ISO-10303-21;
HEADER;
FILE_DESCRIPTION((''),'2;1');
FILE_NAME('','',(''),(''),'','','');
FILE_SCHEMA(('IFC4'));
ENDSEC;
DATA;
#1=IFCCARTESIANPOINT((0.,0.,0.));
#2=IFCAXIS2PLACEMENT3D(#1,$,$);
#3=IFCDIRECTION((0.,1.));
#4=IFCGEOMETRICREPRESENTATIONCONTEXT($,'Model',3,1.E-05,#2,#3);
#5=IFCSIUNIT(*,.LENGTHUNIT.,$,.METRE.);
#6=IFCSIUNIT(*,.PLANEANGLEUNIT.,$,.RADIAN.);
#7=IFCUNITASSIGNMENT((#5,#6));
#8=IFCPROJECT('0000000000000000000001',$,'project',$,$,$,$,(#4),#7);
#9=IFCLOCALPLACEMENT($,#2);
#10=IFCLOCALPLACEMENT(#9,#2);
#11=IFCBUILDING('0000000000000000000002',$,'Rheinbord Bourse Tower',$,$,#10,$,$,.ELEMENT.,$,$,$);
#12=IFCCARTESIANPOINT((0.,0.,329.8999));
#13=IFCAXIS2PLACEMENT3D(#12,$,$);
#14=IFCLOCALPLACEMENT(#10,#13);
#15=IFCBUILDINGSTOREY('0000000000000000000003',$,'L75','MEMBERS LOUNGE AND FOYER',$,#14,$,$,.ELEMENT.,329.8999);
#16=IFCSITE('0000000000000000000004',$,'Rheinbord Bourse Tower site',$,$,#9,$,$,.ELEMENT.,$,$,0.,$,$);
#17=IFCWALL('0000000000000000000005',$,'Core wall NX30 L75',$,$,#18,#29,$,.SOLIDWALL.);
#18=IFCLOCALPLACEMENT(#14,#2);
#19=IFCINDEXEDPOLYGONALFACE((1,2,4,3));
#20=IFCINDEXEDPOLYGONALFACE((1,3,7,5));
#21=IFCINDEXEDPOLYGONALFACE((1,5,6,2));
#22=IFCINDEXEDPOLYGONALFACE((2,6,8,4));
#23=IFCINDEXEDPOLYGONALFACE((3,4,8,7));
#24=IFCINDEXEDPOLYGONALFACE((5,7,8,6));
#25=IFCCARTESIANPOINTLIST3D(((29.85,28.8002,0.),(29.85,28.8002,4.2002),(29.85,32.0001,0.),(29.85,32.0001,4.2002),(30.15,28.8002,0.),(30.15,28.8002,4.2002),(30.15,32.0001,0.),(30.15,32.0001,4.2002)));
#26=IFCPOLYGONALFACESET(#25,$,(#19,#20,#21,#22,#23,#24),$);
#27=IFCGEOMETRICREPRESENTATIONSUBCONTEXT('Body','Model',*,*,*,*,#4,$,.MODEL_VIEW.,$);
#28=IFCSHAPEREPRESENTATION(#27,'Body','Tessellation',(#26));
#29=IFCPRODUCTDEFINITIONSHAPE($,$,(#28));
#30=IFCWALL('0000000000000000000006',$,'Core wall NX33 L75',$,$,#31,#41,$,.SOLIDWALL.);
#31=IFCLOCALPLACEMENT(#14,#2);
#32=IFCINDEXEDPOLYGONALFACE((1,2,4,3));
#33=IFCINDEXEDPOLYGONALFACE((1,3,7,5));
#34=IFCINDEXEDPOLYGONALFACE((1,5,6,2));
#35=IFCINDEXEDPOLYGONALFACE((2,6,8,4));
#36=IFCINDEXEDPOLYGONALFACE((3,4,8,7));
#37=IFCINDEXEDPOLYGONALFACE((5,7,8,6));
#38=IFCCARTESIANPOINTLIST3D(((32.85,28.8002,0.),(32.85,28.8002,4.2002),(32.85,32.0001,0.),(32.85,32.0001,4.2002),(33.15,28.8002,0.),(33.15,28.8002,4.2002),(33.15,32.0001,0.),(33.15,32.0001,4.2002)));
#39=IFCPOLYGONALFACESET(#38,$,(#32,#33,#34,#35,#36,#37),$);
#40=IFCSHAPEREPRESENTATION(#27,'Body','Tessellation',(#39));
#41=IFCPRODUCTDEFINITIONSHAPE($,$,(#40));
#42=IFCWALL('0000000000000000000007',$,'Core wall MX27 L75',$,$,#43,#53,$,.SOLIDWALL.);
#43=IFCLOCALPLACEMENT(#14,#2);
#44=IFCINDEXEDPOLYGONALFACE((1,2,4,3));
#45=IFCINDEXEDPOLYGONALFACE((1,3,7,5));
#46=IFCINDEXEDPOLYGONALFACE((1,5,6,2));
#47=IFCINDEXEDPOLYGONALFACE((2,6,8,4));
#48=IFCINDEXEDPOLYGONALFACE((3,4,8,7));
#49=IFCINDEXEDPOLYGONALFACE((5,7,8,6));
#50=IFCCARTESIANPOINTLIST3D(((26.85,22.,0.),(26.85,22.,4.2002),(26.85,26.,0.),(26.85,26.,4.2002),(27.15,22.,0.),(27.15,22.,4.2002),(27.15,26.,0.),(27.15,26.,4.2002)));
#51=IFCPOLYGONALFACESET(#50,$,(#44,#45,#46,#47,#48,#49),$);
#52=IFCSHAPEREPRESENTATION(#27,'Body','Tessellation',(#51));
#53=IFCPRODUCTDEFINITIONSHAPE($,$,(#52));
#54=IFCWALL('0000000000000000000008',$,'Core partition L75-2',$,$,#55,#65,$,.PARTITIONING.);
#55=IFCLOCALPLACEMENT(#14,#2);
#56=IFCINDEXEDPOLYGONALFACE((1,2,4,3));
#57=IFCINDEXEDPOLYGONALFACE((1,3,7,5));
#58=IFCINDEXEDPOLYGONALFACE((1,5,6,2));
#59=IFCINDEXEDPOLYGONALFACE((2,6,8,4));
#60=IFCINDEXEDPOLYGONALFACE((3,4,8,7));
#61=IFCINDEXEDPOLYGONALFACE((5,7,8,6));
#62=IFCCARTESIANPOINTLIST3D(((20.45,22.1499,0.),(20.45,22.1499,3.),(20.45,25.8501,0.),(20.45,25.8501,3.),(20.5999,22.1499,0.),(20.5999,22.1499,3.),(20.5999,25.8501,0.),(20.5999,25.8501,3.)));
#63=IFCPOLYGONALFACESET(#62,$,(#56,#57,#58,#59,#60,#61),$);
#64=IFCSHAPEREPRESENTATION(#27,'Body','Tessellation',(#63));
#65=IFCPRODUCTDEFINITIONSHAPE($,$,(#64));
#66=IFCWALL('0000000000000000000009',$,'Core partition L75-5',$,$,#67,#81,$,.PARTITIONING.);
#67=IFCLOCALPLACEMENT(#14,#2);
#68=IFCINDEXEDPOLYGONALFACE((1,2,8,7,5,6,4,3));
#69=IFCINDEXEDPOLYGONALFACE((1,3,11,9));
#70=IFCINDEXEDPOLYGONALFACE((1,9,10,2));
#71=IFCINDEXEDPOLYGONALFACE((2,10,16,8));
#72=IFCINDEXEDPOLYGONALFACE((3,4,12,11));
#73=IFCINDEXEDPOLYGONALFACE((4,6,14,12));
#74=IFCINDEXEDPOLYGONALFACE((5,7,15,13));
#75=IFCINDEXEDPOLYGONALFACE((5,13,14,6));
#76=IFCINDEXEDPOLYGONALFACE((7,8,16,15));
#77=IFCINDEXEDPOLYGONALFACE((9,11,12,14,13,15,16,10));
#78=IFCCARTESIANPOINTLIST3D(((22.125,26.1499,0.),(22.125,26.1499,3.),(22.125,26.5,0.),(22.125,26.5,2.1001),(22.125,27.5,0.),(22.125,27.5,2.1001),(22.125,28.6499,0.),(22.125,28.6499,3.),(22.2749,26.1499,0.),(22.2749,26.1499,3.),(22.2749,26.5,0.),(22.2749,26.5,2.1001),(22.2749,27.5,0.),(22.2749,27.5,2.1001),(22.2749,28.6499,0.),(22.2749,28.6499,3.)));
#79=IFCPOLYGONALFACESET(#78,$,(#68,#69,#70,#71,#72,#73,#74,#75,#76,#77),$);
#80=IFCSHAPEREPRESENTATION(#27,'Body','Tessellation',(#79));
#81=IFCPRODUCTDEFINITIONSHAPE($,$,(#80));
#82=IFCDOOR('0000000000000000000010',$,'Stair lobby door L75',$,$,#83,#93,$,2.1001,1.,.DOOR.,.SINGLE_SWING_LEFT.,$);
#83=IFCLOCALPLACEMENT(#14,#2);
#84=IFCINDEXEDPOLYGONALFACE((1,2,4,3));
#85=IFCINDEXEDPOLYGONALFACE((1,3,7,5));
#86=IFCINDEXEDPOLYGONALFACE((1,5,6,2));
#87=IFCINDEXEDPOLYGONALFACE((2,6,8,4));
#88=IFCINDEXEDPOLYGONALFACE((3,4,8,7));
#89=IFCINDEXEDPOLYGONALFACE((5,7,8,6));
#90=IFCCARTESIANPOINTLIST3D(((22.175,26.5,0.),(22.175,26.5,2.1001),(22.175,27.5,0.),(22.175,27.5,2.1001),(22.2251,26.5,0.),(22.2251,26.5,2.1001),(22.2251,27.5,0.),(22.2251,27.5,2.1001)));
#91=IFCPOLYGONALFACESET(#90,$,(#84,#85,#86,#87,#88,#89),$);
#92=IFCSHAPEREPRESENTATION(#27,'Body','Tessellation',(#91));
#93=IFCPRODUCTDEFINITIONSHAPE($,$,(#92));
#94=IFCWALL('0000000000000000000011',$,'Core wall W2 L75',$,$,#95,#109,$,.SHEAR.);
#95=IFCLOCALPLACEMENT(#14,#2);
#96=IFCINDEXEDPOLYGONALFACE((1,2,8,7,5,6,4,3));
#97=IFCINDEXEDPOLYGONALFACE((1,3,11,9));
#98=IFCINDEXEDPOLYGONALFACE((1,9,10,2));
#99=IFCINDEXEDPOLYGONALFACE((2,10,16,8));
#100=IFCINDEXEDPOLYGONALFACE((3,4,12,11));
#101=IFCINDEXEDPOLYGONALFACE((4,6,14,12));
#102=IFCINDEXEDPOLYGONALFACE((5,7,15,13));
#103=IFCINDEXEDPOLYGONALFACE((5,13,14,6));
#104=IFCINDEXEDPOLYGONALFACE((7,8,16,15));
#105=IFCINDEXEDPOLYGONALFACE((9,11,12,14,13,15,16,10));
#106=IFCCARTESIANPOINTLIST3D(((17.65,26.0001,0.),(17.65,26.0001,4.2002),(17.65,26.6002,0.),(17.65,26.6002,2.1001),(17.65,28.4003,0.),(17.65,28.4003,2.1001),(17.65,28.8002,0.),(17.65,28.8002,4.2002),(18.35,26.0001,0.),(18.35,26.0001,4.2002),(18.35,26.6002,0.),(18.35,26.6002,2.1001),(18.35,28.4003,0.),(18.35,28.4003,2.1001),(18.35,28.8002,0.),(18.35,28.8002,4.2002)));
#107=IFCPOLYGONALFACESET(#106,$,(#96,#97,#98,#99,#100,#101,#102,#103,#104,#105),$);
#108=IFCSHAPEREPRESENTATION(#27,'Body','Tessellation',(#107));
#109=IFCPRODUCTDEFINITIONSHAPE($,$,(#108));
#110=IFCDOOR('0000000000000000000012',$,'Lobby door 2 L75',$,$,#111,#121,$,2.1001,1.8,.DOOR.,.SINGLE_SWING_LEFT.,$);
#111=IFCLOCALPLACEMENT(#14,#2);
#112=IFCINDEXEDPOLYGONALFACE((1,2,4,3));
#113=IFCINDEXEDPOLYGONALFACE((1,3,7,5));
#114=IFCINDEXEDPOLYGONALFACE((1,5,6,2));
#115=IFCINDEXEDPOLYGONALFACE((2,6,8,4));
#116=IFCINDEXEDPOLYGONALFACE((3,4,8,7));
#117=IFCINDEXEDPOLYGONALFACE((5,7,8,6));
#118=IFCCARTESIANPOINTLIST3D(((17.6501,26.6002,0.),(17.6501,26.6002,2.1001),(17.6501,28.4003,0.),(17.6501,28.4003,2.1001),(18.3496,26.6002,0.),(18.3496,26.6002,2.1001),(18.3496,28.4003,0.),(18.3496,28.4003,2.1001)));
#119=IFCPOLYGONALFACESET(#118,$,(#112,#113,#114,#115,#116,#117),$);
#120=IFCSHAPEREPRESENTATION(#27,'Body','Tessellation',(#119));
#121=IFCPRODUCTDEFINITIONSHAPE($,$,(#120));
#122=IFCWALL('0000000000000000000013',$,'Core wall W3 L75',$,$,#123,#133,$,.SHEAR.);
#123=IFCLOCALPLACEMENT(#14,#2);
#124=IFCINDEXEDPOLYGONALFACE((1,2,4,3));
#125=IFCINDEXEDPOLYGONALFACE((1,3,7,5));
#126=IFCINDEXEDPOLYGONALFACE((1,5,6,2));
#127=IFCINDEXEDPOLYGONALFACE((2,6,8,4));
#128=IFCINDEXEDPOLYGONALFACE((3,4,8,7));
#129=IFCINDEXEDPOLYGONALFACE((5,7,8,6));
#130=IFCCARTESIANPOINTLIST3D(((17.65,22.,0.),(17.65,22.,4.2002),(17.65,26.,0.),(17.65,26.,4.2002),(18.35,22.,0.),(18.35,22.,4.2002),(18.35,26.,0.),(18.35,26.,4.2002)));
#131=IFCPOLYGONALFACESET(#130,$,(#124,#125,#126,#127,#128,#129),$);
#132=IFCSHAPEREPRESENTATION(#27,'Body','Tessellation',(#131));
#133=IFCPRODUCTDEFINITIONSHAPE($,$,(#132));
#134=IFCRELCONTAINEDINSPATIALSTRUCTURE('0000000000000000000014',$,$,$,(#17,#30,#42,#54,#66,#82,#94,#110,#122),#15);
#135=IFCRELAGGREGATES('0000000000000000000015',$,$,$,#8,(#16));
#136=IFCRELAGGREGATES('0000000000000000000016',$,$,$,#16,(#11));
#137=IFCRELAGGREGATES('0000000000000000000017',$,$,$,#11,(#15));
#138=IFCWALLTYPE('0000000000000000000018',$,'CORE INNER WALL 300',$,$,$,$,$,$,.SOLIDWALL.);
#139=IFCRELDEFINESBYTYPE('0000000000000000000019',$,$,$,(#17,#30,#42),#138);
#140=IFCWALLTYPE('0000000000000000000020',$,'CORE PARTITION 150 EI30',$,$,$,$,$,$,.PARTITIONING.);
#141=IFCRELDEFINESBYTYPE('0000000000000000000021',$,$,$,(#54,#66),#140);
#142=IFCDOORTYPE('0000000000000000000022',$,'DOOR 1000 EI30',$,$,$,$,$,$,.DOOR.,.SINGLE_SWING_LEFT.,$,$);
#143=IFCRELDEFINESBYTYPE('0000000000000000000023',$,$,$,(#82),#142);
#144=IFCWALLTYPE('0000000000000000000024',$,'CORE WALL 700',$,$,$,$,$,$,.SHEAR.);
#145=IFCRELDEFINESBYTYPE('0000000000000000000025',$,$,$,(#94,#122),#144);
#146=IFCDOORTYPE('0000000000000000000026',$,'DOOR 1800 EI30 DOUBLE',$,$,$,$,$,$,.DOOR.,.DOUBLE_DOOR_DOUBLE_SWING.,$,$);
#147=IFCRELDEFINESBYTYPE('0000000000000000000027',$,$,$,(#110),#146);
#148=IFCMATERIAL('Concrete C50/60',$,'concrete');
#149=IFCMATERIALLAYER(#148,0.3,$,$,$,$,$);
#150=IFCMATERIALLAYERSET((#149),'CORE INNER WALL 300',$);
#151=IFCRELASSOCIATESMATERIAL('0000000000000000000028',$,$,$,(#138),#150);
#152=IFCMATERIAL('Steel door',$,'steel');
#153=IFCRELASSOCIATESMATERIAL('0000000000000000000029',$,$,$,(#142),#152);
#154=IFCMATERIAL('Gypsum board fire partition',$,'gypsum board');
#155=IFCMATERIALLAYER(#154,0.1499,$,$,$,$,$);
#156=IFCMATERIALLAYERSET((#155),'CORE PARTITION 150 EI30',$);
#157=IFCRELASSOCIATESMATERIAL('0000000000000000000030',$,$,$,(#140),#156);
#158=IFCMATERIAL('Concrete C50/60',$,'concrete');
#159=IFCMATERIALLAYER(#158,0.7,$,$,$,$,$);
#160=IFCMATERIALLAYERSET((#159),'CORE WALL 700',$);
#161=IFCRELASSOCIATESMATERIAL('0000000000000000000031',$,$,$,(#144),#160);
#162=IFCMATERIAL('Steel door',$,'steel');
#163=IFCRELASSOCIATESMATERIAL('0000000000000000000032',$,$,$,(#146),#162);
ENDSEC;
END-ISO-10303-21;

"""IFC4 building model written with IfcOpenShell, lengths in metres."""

from ifc_helpers import new_model, si_unit, direction, frame, frame_2d, origin, place, context, subcontext, project, spatial, rectangle, extrude, material, layer, layer_set, type_object, element, fill, save


model = new_model("IFC4")

# Units and contexts
model_context = context("Model", 3, precision=1e-05, world=origin(), true_north=direction((0.0, 1.0)))
body_context = subcontext(model_context, "Body", "Model", "MODEL_VIEW")
ifc_project = project(units=[si_unit("LENGTHUNIT", "METRE"), si_unit("PLANEANGLEUNIT", "RADIAN")], contexts=[model_context])

# Site, building, storey
site_placement = place(None, origin())
site = spatial("IfcSite", under=ifc_project, at=site_placement, Name="Rheinbord Bourse Tower site", CompositionType="ELEMENT", RefElevation=0.0)
building_placement = place(site_placement, origin())
building = spatial("IfcBuilding", under=site, at=building_placement, Name="Rheinbord Bourse Tower", CompositionType="ELEMENT")
storey_placement = place(building_placement, frame((0.0, 0.0, 329.8999)))
storey = spatial("IfcBuildingStorey", under=building, at=storey_placement, Name="L75", Description="MEMBERS LOUNGE AND FOYER", CompositionType="ELEMENT", Elevation=329.8999)

# Shared definitions
ifc_material_1 = material(Name="Concrete C50/60", Category="concrete")
ifc_layer_1 = layer(ifc_material_1, 0.3)
ifc_layer_set_1 = layer_set([ifc_layer_1], Name="CORE INNER WALL 300")
wall_type_1 = type_object("IfcWallType", Name="CORE INNER WALL 300", PredefinedType="SOLIDWALL", material=ifc_layer_set_1)
ifc_material_2 = material(Name="Steel door", Category="steel")
door_type_1 = type_object("IfcDoorType", Name="DOOR 1000 EI30", OperationType="SINGLE_SWING_LEFT", PredefinedType="DOOR", material=ifc_material_2)

# Walls
for number, where, z_axis, x_axis, name in (
    (1, (30.0, 28.8, 0.0), (0.0, 0.0, 1.0), (0.0, 1.0, 0.0), "Core wall NX30 L75"),
    (2, (33.0, 28.8, 0.0), (0.0, 0.0, 1.0), (0.0, 1.0, 0.0), "Core wall NX33 L75"),
):
    element("IfcWall", number, at=place(storey_placement, frame(where, z_axis=z_axis, x_axis=x_axis)), inside=storey, type_object=wall_type_1, Name=name, PredefinedType="SOLIDWALL", context=body_context, shape_type="SweptSolid", body=[
        extrude(rectangle(XDim=3.2, YDim=0.3, at=frame_2d((1.6001, 0.0))), origin(), (0.0, 0.0, 1.0), 4.2002),
    ])
wall_1_placement = place(storey_placement, frame((27.0, 22.0, 0.0), z_axis=(0.0, 0.0, 1.0), x_axis=(0.0, 1.0, 0.0)))
element("IfcWall", 3, at=wall_1_placement, inside=storey, type_object=wall_type_1, Name="Core wall MX27 L75", PredefinedType="SOLIDWALL", context=body_context, shape_type="SweptSolid", body=[
    extrude(rectangle(XDim=4.0, YDim=0.3, at=frame_2d((2.0, 0.0))), origin(), (0.0, 0.0, 1.0), 4.2002),
])
ifc_material_3 = material(Name="Gypsum board fire partition", Category="gypsum board")
ifc_layer_2 = layer(ifc_material_3, 0.1499)
ifc_layer_set_2 = layer_set([ifc_layer_2], Name="CORE PARTITION 150 EI30")
wall_type_2 = type_object("IfcWallType", Name="CORE PARTITION 150 EI30", PredefinedType="PARTITIONING", material=ifc_layer_set_2)
wall_2_placement = place(storey_placement, frame((20.5249, 22.1499, 0.0), z_axis=(0.0, 0.0, 1.0), x_axis=(0.0, 1.0, 0.0)))
element("IfcWall", 4, at=wall_2_placement, inside=storey, type_object=wall_type_2, Name="Core partition L75-2", PredefinedType="PARTITIONING", context=body_context, shape_type="SweptSolid", body=[
    extrude(rectangle(XDim=3.7002, YDim=0.1499, at=frame_2d((1.8501, 0.0))), origin(), (0.0, 0.0, 1.0), 3.0),
])

# Walls, openings, doors
wall_3_placement = place(storey_placement, frame((22.2, 26.1499, 0.0), z_axis=(0.0, 0.0, 1.0), x_axis=(0.0, 1.0, 0.0)))
wall_3 = element("IfcWall", 5, at=wall_3_placement, inside=storey, type_object=wall_type_2, Name="Core partition L75-5", PredefinedType="PARTITIONING", context=body_context, shape_type="SweptSolid", body=[
    extrude(rectangle(XDim=2.5, YDim=0.1499, at=frame_2d((1.25, 0.0))), origin(), (0.0, 0.0, 1.0), 3.0),
])
opening_1_placement = place(wall_3_placement, frame((0.3501, 0.0, 0.0)))
opening_1 = element("IfcOpeningElement", 6, at=opening_1_placement, cuts=wall_3, PredefinedType="OPENING", context=body_context, shape_type="SweptSolid", body=[
    extrude(rectangle(XDim=1.0, YDim=2.1001, at=frame_2d((0.5, 1.05))), frame((0.0, 0.085, 0.0), z_axis=(0.0, -1.0, 0.0), x_axis=(1.0, 0.0, 0.0)), (0.0, 0.0, 1.0), 0.1699),
])
door_1_placement = place(opening_1_placement, origin())
door_1 = element("IfcDoor", 7, at=door_1_placement, inside=storey, type_object=door_type_1, Name="Stair lobby door L75", OperationType="SINGLE_SWING_LEFT", OverallHeight=2.1001, OverallWidth=1.0, PredefinedType="DOOR", context=body_context, shape_type="SweptSolid", body=[
    extrude(rectangle(XDim=1.0, YDim=2.1001, at=frame_2d((0.5, 1.05))), frame((0.0, 0.0249, 0.0), z_axis=(0.0, -1.0, 0.0), x_axis=(1.0, 0.0, 0.0)), (0.0, 0.0, 1.0), 0.05),
])
fill(opening_1, door_1)
ifc_material_4 = material(Name="Concrete C50/60", Category="concrete")
ifc_layer_3 = layer(ifc_material_4, 0.7)
ifc_layer_set_3 = layer_set([ifc_layer_3], Name="CORE WALL 700")
wall_type_3 = type_object("IfcWallType", Name="CORE WALL 700", PredefinedType="SHEAR", material=ifc_layer_set_3)
wall_4_placement = place(storey_placement, frame((18.0, 28.8, 0.0), z_axis=(0.0, 0.0, 1.0), x_axis=(0.0, -1.0, 0.0)))
wall_4 = element("IfcWall", 8, at=wall_4_placement, inside=storey, type_object=wall_type_3, Name="Core wall W2 L75", PredefinedType="SHEAR", context=body_context, shape_type="SweptSolid", body=[
    extrude(rectangle(XDim=2.8, YDim=0.7, at=frame_2d((1.3999, 0.0))), origin(), (0.0, 0.0, 1.0), 4.2002),
])
opening_2_placement = place(wall_4_placement, frame((0.3999, 0.0, 0.0)))
opening_2 = element("IfcOpeningElement", 9, at=opening_2_placement, cuts=wall_4, PredefinedType="OPENING", context=body_context, shape_type="SweptSolid", body=[
    extrude(rectangle(XDim=1.8, YDim=2.1001, at=frame_2d((0.8999, 1.05))), frame((0.0, 0.3599, 0.0), z_axis=(0.0, -1.0, 0.0), x_axis=(1.0, 0.0, 0.0)), (0.0, 0.0, 1.0), 0.72),
])
ifc_material_5 = material(Name="Steel door", Category="steel")
door_type_2 = type_object("IfcDoorType", Name="DOOR 1800 EI30 DOUBLE", OperationType="DOUBLE_DOOR_DOUBLE_SWING", PredefinedType="DOOR", material=ifc_material_5)
door_2_placement = place(opening_2_placement, origin())
door_2 = element("IfcDoor", 10, at=door_2_placement, inside=storey, type_object=door_type_2, Name="Lobby door 2 L75", OperationType="SINGLE_SWING_LEFT", OverallHeight=2.1001, OverallWidth=1.8, PredefinedType="DOOR", context=body_context, shape_type="SweptSolid", body=[
    extrude(rectangle(XDim=1.8, YDim=2.1001, at=frame_2d((0.8999, 1.05))), frame((0.0, 0.3496, 0.0), z_axis=(0.0, -1.0, 0.0), x_axis=(1.0, 0.0, 0.0)), (0.0, 0.0, 1.0), 0.6995),
])
fill(opening_2, door_2)

# Wall
wall_5_placement = place(storey_placement, frame((18.0, 26.0, 0.0), z_axis=(0.0, 0.0, 1.0), x_axis=(0.0, -1.0, 0.0)))
element("IfcWall", 11, at=wall_5_placement, inside=storey, type_object=wall_type_3, Name="Core wall W3 L75", PredefinedType="SHEAR", context=body_context, shape_type="SweptSolid", body=[
    extrude(rectangle(XDim=4.0, YDim=0.7, at=frame_2d((2.0, 0.0))), origin(), (0.0, 0.0, 1.0), 4.2002),
])

save(model, "model.ifc")
